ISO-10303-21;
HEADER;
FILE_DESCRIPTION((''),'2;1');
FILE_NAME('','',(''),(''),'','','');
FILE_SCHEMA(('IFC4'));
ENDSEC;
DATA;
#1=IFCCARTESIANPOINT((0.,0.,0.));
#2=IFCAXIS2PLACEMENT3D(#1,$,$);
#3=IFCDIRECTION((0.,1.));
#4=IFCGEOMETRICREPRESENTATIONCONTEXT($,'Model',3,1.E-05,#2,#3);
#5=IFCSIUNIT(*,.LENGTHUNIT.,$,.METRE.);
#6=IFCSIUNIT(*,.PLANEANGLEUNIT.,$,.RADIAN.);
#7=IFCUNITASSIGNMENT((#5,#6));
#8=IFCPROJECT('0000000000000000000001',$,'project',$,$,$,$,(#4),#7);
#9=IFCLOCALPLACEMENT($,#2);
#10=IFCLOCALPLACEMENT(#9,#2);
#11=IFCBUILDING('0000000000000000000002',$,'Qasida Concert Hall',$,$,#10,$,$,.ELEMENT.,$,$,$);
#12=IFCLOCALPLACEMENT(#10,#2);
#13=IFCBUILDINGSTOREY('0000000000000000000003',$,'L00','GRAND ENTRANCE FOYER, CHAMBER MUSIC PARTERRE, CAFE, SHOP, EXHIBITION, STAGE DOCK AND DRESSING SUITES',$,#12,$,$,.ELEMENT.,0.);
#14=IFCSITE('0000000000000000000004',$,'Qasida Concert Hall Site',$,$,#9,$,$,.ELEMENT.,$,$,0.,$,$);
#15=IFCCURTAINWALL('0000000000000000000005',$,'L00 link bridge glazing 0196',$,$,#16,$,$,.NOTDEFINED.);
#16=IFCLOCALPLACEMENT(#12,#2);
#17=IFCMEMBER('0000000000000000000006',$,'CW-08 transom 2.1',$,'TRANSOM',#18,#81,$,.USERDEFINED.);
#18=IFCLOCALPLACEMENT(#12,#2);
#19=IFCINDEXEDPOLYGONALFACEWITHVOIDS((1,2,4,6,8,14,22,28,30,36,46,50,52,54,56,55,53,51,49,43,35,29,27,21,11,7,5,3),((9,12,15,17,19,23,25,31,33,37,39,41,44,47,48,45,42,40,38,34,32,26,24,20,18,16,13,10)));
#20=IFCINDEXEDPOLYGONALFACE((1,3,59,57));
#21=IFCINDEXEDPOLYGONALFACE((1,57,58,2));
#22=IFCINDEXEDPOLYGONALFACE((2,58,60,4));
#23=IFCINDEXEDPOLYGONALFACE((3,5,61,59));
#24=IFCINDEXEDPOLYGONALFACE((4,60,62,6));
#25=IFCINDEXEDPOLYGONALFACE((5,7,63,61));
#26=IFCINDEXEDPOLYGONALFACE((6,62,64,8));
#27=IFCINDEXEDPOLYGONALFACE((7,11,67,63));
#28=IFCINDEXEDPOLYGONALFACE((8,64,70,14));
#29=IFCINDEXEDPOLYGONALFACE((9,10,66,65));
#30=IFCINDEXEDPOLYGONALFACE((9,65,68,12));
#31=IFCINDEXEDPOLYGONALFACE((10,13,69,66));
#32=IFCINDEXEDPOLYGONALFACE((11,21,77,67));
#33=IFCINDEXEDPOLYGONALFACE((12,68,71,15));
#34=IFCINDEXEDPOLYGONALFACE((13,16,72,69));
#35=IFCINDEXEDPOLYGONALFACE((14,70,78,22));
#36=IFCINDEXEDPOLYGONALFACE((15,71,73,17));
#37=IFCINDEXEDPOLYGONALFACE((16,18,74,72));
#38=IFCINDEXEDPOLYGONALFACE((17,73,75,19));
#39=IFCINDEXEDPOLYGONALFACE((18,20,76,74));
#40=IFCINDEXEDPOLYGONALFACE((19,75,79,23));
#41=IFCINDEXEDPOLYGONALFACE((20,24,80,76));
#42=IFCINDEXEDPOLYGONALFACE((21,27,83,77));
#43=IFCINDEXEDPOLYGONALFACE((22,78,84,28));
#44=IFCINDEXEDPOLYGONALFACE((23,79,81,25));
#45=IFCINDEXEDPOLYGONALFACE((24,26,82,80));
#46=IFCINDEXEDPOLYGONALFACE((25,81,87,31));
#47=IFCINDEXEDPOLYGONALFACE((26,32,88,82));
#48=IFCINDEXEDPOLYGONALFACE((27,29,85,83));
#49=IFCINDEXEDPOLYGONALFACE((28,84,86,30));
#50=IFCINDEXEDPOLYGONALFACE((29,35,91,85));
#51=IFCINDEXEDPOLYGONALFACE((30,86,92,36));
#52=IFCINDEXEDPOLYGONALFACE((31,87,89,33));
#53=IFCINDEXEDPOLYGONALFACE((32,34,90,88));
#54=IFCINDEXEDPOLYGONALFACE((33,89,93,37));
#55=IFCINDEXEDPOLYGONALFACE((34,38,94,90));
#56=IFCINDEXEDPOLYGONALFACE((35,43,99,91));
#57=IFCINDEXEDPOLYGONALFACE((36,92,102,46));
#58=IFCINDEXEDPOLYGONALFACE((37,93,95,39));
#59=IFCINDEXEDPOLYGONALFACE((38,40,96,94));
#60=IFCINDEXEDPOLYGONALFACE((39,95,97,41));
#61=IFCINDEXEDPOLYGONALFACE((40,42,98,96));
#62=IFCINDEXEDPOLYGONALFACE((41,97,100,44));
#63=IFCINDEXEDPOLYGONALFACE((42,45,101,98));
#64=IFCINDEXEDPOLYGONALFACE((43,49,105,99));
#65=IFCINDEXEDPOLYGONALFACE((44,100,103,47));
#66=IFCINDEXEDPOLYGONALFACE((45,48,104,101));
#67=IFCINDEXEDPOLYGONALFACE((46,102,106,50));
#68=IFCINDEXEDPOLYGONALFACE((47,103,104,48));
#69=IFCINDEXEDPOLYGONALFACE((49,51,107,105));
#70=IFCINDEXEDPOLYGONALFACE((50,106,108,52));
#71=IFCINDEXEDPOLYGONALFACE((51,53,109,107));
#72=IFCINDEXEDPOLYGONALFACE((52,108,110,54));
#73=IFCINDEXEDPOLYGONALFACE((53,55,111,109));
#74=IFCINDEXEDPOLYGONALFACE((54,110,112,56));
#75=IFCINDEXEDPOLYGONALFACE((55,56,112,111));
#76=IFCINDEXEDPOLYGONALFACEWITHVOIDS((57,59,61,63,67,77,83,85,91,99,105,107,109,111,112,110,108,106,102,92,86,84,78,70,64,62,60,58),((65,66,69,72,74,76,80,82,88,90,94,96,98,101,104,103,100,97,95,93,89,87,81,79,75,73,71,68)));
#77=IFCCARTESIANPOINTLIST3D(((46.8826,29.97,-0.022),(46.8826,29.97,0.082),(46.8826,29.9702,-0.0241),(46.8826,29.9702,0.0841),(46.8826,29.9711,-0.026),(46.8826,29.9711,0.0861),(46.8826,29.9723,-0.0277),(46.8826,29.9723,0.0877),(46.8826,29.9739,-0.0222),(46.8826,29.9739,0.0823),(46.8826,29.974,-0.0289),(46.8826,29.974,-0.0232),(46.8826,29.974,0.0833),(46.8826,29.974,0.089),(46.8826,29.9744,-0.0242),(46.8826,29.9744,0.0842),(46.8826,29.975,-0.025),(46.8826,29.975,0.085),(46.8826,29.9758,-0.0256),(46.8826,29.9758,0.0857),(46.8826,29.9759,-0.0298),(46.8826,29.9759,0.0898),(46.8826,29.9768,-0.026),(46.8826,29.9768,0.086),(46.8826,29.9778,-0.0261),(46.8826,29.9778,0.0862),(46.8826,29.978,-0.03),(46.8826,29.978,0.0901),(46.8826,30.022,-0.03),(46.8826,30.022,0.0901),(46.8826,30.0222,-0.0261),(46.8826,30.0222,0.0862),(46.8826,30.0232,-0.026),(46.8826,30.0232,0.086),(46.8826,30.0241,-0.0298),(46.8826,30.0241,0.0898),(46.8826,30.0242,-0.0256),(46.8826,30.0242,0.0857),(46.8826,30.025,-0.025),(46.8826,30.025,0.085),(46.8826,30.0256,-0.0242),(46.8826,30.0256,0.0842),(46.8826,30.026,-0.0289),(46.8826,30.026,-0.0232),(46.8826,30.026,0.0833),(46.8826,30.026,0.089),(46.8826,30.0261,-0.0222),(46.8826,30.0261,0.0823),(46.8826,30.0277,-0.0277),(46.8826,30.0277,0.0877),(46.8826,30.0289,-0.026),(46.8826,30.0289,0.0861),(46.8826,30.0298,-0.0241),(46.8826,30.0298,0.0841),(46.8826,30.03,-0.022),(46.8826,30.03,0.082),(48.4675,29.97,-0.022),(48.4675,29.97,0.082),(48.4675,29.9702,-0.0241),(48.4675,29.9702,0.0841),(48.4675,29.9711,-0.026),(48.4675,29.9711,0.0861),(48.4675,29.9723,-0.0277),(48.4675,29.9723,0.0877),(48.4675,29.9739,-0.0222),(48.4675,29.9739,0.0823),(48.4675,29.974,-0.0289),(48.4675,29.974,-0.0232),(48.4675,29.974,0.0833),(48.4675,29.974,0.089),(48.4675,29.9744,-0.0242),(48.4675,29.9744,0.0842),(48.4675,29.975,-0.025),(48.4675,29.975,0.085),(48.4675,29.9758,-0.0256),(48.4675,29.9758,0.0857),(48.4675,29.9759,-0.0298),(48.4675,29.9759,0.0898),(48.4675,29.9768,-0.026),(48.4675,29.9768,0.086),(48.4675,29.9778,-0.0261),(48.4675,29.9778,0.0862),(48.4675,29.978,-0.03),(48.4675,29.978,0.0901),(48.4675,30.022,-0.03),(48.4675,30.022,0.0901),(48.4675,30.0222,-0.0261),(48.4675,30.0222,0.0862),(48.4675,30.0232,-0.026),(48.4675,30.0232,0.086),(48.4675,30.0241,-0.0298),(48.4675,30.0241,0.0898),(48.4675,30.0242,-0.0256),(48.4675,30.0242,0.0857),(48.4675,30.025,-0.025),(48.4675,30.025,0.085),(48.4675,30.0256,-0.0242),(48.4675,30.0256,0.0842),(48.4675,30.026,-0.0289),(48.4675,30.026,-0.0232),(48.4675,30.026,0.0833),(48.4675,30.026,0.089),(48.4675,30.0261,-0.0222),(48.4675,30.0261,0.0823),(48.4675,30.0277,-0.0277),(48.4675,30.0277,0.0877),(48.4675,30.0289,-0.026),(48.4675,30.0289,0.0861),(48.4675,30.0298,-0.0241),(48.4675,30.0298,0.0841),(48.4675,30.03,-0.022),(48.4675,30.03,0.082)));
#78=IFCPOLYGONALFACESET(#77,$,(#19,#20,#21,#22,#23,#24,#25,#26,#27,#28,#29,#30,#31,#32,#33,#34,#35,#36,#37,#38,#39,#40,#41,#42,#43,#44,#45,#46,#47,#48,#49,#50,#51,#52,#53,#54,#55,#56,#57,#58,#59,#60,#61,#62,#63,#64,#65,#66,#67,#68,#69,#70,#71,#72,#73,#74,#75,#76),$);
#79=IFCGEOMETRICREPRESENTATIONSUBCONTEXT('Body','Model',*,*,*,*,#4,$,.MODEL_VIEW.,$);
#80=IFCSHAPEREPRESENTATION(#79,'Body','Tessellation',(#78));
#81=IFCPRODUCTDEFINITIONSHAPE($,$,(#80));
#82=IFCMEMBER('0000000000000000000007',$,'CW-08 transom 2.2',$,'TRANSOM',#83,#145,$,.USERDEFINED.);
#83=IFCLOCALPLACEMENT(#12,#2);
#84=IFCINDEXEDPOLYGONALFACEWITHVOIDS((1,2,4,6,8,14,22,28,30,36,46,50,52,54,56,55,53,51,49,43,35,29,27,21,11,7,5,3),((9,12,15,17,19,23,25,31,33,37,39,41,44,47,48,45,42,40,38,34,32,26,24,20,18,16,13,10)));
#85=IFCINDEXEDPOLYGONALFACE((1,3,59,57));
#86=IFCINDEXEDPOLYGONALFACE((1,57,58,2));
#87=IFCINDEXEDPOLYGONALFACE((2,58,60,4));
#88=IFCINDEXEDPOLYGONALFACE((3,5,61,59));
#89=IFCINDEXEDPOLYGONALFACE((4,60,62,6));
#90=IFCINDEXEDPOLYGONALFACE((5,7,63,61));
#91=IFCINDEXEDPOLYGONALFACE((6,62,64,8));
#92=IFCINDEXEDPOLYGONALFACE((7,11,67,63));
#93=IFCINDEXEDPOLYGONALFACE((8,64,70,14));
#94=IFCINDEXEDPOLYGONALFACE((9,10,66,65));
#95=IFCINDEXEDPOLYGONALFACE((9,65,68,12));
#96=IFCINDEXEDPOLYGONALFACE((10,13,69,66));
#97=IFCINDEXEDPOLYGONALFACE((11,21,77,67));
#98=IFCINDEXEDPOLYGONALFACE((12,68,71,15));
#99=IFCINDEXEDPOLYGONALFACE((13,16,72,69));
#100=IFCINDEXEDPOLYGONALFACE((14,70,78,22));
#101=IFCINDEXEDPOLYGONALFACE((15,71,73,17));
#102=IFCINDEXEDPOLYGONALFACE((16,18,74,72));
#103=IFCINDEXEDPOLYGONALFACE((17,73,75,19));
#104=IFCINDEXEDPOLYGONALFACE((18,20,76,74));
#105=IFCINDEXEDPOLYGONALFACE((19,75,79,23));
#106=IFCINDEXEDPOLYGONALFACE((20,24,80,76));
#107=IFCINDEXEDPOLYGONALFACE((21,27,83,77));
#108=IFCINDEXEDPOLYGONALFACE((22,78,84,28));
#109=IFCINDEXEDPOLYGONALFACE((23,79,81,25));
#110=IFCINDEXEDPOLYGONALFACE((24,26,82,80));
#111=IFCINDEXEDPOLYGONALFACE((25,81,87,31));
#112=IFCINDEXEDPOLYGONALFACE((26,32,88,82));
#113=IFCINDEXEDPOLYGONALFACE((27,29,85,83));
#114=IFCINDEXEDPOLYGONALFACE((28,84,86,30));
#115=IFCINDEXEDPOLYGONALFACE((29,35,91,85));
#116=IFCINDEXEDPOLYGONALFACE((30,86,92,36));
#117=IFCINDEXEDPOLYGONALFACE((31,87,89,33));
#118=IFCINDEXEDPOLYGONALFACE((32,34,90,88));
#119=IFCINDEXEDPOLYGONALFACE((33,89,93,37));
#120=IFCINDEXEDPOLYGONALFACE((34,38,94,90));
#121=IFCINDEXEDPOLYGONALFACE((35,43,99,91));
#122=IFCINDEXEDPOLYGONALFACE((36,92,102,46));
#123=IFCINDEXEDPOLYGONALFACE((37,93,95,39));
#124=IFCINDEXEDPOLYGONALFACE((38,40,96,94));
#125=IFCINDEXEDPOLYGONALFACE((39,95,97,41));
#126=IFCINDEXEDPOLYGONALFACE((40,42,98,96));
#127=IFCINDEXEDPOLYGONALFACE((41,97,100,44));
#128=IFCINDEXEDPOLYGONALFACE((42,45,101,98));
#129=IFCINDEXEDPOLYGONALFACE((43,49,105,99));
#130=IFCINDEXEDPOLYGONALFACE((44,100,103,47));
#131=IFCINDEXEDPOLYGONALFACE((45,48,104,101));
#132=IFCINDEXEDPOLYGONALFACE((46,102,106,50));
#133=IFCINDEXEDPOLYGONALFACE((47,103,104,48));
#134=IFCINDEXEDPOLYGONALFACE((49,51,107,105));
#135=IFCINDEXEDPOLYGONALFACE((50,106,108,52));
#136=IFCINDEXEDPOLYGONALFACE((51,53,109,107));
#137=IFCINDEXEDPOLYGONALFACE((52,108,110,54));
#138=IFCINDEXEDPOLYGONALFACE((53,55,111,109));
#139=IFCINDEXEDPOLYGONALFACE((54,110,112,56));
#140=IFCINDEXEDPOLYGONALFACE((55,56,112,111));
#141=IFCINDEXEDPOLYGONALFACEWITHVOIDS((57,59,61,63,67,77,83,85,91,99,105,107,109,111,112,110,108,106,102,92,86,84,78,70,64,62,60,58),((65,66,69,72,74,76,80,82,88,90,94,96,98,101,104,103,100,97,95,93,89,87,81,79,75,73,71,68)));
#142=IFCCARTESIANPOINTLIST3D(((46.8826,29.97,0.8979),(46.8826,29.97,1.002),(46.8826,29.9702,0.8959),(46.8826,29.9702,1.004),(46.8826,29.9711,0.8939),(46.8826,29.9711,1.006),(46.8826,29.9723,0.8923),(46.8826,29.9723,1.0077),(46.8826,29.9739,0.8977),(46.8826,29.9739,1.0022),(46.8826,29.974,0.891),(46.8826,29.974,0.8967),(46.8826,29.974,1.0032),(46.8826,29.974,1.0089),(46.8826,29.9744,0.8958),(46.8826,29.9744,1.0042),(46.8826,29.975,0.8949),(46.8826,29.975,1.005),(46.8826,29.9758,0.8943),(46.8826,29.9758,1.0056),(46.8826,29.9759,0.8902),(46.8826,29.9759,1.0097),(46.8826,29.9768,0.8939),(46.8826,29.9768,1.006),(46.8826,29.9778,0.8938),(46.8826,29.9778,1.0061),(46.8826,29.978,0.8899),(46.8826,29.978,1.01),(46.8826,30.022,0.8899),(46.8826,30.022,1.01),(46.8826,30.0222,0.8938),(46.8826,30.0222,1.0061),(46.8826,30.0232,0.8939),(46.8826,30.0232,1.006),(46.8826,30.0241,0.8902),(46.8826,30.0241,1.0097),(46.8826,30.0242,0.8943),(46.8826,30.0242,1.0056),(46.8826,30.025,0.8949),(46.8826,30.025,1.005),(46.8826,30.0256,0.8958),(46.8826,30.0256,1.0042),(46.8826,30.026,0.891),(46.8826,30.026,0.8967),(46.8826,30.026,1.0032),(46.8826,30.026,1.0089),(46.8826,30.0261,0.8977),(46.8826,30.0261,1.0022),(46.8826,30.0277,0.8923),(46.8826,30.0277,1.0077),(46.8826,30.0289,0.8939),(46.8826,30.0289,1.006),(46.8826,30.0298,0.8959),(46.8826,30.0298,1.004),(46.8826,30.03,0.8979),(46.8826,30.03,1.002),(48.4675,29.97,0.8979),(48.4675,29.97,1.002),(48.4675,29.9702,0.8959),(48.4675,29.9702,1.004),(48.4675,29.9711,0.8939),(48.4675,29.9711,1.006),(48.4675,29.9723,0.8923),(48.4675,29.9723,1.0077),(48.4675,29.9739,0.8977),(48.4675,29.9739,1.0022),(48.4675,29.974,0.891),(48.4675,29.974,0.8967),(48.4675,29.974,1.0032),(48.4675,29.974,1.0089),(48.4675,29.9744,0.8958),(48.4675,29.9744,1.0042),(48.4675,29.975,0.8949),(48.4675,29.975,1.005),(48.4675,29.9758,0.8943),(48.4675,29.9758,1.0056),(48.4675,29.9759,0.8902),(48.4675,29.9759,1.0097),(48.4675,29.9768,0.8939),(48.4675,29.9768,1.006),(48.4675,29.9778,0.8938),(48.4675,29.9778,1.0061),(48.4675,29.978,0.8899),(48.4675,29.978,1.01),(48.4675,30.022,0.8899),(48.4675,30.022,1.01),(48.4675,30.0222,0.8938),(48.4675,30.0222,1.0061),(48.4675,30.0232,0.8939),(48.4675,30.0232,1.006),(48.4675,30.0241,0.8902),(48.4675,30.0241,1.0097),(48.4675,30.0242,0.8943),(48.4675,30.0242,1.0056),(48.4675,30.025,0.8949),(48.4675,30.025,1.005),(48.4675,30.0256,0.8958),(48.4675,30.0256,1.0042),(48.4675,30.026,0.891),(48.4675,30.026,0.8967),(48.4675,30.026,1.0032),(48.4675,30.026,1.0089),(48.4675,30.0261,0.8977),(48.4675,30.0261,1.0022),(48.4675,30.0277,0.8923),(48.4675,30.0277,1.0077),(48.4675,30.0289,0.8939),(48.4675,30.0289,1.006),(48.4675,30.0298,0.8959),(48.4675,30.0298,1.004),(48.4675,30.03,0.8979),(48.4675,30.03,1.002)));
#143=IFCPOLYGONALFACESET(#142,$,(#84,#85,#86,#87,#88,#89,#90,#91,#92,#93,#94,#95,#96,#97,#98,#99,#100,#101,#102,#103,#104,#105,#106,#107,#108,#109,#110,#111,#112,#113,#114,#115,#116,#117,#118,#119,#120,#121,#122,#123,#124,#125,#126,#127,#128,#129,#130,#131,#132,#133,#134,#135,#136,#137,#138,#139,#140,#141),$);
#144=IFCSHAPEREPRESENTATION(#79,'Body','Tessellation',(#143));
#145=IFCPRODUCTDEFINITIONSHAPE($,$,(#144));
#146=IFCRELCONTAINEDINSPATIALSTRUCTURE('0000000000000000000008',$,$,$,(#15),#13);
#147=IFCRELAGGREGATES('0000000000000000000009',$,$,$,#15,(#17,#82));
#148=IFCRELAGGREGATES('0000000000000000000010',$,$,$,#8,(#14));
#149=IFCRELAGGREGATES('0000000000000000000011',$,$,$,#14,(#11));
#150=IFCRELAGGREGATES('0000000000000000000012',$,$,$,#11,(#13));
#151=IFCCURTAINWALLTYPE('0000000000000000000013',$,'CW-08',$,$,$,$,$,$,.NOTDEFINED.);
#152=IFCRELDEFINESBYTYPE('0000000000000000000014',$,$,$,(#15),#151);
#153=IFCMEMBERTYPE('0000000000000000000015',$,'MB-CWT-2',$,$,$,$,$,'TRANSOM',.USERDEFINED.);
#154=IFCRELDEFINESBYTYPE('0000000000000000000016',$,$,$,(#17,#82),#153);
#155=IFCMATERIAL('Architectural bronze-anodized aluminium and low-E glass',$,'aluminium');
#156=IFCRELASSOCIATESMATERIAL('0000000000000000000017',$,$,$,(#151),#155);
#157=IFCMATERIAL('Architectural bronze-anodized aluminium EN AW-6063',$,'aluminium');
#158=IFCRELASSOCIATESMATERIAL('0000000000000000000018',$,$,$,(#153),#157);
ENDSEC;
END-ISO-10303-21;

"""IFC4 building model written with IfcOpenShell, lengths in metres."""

from ifc_helpers import new_model, si_unit, direction, frame, origin, origin_2d, place, context, subcontext, project, spatial, hollow_rectangle, extrude, material, material_profile, profile_set, type_object, element, aggregate, save


model = new_model("IFC4")

# Units and contexts
model_context = context("Model", 3, precision=1e-05, world=origin(), true_north=direction((0.0, 1.0)))
body_context = subcontext(model_context, "Body", "Model", "MODEL_VIEW")
ifc_project = project(units=[si_unit("LENGTHUNIT", "METRE"), si_unit("PLANEANGLEUNIT", "RADIAN")], contexts=[model_context])

# Site, building, storey
site_placement = place(None, origin())
site = spatial("IfcSite", under=ifc_project, at=site_placement, Name="Qasida Concert Hall Site", CompositionType="ELEMENT", RefElevation=0.0)
building_placement = place(site_placement, origin())
building = spatial("IfcBuilding", under=site, at=building_placement, Name="Qasida Concert Hall", CompositionType="ELEMENT")
storey_placement = place(building_placement, origin())
storey = spatial("IfcBuildingStorey", under=building, at=storey_placement, Name="L00", Description="GRAND ENTRANCE FOYER, CHAMBER MUSIC PARTERRE, CAFE, SHOP, EXHIBITION, STAGE DOCK AND DRESSING SUITES", CompositionType="ELEMENT", Elevation=0.0)

# Curtain wall
ifc_material_1 = material(Name="Architectural bronze-anodized aluminium and low-E glass", Category="aluminium")
curtain_wall_type = type_object("IfcCurtainWallType", Name="CW-08", PredefinedType="NOTDEFINED", material=ifc_material_1)
ifc_material_2 = material(Name="Architectural bronze-anodized aluminium EN AW-6063", Category="aluminium")
curtain_wall_1_placement = place(storey_placement, origin())
curtain_wall_1 = element("IfcCurtainWall", 1, at=curtain_wall_1_placement, inside=storey, type_object=curtain_wall_type, Name="L00 link bridge glazing 0196", PredefinedType="NOTDEFINED")

# Members
ifc_material_profile_1 = material_profile(ifc_material_2, hollow_rectangle(XDim=0.0601, YDim=0.1201, WallThickness=0.0039, InnerFilletRadius=0.0039, OuterFilletRadius=0.0081, at=origin_2d()), Name="CWT 120x60x4")
ifc_profile_set_1 = profile_set([ifc_material_profile_1], Name="Architectural bronze-anodized aluminium EN AW-6063")
member_type_1 = type_object("IfcMemberType", Name="MB-CWT-2", ElementType="TRANSOM", PredefinedType="USERDEFINED", material=ifc_profile_set_1)
member_1_placement = place(storey_placement, frame((46.8826, 30.0, 0.03), z_axis=(1.0, 0.0, 0.0), x_axis=(0.0, 1.0, 0.0)))
member_1 = element("IfcMember", 2, at=member_1_placement, type_object=member_type_1, Name="CW-08 transom 2.1", ObjectType="TRANSOM", PredefinedType="USERDEFINED", context=body_context, shape_type="SweptSolid", body=[
    extrude(hollow_rectangle(XDim=0.0601, YDim=0.1201, WallThickness=0.0039, InnerFilletRadius=0.0039, OuterFilletRadius=0.0081, at=origin_2d()), origin(), (0.0, 0.0, 1.0), 1.585),
])
member_2_placement = place(storey_placement, frame((46.8826, 30.0, 0.95), z_axis=(1.0, 0.0, 0.0), x_axis=(0.0, 1.0, 0.0)))
member_2 = element("IfcMember", 3, at=member_2_placement, type_object=member_type_1, Name="CW-08 transom 2.2", ObjectType="TRANSOM", PredefinedType="USERDEFINED", context=body_context, shape_type="SweptSolid", body=[
    extrude(hollow_rectangle(XDim=0.0601, YDim=0.1201, WallThickness=0.0039, InnerFilletRadius=0.0039, OuterFilletRadius=0.0081, at=origin_2d()), origin(), (0.0, 0.0, 1.0), 1.585),
])

aggregate(curtain_wall_1, [member_1, member_2])

save(model, "model.ifc")
